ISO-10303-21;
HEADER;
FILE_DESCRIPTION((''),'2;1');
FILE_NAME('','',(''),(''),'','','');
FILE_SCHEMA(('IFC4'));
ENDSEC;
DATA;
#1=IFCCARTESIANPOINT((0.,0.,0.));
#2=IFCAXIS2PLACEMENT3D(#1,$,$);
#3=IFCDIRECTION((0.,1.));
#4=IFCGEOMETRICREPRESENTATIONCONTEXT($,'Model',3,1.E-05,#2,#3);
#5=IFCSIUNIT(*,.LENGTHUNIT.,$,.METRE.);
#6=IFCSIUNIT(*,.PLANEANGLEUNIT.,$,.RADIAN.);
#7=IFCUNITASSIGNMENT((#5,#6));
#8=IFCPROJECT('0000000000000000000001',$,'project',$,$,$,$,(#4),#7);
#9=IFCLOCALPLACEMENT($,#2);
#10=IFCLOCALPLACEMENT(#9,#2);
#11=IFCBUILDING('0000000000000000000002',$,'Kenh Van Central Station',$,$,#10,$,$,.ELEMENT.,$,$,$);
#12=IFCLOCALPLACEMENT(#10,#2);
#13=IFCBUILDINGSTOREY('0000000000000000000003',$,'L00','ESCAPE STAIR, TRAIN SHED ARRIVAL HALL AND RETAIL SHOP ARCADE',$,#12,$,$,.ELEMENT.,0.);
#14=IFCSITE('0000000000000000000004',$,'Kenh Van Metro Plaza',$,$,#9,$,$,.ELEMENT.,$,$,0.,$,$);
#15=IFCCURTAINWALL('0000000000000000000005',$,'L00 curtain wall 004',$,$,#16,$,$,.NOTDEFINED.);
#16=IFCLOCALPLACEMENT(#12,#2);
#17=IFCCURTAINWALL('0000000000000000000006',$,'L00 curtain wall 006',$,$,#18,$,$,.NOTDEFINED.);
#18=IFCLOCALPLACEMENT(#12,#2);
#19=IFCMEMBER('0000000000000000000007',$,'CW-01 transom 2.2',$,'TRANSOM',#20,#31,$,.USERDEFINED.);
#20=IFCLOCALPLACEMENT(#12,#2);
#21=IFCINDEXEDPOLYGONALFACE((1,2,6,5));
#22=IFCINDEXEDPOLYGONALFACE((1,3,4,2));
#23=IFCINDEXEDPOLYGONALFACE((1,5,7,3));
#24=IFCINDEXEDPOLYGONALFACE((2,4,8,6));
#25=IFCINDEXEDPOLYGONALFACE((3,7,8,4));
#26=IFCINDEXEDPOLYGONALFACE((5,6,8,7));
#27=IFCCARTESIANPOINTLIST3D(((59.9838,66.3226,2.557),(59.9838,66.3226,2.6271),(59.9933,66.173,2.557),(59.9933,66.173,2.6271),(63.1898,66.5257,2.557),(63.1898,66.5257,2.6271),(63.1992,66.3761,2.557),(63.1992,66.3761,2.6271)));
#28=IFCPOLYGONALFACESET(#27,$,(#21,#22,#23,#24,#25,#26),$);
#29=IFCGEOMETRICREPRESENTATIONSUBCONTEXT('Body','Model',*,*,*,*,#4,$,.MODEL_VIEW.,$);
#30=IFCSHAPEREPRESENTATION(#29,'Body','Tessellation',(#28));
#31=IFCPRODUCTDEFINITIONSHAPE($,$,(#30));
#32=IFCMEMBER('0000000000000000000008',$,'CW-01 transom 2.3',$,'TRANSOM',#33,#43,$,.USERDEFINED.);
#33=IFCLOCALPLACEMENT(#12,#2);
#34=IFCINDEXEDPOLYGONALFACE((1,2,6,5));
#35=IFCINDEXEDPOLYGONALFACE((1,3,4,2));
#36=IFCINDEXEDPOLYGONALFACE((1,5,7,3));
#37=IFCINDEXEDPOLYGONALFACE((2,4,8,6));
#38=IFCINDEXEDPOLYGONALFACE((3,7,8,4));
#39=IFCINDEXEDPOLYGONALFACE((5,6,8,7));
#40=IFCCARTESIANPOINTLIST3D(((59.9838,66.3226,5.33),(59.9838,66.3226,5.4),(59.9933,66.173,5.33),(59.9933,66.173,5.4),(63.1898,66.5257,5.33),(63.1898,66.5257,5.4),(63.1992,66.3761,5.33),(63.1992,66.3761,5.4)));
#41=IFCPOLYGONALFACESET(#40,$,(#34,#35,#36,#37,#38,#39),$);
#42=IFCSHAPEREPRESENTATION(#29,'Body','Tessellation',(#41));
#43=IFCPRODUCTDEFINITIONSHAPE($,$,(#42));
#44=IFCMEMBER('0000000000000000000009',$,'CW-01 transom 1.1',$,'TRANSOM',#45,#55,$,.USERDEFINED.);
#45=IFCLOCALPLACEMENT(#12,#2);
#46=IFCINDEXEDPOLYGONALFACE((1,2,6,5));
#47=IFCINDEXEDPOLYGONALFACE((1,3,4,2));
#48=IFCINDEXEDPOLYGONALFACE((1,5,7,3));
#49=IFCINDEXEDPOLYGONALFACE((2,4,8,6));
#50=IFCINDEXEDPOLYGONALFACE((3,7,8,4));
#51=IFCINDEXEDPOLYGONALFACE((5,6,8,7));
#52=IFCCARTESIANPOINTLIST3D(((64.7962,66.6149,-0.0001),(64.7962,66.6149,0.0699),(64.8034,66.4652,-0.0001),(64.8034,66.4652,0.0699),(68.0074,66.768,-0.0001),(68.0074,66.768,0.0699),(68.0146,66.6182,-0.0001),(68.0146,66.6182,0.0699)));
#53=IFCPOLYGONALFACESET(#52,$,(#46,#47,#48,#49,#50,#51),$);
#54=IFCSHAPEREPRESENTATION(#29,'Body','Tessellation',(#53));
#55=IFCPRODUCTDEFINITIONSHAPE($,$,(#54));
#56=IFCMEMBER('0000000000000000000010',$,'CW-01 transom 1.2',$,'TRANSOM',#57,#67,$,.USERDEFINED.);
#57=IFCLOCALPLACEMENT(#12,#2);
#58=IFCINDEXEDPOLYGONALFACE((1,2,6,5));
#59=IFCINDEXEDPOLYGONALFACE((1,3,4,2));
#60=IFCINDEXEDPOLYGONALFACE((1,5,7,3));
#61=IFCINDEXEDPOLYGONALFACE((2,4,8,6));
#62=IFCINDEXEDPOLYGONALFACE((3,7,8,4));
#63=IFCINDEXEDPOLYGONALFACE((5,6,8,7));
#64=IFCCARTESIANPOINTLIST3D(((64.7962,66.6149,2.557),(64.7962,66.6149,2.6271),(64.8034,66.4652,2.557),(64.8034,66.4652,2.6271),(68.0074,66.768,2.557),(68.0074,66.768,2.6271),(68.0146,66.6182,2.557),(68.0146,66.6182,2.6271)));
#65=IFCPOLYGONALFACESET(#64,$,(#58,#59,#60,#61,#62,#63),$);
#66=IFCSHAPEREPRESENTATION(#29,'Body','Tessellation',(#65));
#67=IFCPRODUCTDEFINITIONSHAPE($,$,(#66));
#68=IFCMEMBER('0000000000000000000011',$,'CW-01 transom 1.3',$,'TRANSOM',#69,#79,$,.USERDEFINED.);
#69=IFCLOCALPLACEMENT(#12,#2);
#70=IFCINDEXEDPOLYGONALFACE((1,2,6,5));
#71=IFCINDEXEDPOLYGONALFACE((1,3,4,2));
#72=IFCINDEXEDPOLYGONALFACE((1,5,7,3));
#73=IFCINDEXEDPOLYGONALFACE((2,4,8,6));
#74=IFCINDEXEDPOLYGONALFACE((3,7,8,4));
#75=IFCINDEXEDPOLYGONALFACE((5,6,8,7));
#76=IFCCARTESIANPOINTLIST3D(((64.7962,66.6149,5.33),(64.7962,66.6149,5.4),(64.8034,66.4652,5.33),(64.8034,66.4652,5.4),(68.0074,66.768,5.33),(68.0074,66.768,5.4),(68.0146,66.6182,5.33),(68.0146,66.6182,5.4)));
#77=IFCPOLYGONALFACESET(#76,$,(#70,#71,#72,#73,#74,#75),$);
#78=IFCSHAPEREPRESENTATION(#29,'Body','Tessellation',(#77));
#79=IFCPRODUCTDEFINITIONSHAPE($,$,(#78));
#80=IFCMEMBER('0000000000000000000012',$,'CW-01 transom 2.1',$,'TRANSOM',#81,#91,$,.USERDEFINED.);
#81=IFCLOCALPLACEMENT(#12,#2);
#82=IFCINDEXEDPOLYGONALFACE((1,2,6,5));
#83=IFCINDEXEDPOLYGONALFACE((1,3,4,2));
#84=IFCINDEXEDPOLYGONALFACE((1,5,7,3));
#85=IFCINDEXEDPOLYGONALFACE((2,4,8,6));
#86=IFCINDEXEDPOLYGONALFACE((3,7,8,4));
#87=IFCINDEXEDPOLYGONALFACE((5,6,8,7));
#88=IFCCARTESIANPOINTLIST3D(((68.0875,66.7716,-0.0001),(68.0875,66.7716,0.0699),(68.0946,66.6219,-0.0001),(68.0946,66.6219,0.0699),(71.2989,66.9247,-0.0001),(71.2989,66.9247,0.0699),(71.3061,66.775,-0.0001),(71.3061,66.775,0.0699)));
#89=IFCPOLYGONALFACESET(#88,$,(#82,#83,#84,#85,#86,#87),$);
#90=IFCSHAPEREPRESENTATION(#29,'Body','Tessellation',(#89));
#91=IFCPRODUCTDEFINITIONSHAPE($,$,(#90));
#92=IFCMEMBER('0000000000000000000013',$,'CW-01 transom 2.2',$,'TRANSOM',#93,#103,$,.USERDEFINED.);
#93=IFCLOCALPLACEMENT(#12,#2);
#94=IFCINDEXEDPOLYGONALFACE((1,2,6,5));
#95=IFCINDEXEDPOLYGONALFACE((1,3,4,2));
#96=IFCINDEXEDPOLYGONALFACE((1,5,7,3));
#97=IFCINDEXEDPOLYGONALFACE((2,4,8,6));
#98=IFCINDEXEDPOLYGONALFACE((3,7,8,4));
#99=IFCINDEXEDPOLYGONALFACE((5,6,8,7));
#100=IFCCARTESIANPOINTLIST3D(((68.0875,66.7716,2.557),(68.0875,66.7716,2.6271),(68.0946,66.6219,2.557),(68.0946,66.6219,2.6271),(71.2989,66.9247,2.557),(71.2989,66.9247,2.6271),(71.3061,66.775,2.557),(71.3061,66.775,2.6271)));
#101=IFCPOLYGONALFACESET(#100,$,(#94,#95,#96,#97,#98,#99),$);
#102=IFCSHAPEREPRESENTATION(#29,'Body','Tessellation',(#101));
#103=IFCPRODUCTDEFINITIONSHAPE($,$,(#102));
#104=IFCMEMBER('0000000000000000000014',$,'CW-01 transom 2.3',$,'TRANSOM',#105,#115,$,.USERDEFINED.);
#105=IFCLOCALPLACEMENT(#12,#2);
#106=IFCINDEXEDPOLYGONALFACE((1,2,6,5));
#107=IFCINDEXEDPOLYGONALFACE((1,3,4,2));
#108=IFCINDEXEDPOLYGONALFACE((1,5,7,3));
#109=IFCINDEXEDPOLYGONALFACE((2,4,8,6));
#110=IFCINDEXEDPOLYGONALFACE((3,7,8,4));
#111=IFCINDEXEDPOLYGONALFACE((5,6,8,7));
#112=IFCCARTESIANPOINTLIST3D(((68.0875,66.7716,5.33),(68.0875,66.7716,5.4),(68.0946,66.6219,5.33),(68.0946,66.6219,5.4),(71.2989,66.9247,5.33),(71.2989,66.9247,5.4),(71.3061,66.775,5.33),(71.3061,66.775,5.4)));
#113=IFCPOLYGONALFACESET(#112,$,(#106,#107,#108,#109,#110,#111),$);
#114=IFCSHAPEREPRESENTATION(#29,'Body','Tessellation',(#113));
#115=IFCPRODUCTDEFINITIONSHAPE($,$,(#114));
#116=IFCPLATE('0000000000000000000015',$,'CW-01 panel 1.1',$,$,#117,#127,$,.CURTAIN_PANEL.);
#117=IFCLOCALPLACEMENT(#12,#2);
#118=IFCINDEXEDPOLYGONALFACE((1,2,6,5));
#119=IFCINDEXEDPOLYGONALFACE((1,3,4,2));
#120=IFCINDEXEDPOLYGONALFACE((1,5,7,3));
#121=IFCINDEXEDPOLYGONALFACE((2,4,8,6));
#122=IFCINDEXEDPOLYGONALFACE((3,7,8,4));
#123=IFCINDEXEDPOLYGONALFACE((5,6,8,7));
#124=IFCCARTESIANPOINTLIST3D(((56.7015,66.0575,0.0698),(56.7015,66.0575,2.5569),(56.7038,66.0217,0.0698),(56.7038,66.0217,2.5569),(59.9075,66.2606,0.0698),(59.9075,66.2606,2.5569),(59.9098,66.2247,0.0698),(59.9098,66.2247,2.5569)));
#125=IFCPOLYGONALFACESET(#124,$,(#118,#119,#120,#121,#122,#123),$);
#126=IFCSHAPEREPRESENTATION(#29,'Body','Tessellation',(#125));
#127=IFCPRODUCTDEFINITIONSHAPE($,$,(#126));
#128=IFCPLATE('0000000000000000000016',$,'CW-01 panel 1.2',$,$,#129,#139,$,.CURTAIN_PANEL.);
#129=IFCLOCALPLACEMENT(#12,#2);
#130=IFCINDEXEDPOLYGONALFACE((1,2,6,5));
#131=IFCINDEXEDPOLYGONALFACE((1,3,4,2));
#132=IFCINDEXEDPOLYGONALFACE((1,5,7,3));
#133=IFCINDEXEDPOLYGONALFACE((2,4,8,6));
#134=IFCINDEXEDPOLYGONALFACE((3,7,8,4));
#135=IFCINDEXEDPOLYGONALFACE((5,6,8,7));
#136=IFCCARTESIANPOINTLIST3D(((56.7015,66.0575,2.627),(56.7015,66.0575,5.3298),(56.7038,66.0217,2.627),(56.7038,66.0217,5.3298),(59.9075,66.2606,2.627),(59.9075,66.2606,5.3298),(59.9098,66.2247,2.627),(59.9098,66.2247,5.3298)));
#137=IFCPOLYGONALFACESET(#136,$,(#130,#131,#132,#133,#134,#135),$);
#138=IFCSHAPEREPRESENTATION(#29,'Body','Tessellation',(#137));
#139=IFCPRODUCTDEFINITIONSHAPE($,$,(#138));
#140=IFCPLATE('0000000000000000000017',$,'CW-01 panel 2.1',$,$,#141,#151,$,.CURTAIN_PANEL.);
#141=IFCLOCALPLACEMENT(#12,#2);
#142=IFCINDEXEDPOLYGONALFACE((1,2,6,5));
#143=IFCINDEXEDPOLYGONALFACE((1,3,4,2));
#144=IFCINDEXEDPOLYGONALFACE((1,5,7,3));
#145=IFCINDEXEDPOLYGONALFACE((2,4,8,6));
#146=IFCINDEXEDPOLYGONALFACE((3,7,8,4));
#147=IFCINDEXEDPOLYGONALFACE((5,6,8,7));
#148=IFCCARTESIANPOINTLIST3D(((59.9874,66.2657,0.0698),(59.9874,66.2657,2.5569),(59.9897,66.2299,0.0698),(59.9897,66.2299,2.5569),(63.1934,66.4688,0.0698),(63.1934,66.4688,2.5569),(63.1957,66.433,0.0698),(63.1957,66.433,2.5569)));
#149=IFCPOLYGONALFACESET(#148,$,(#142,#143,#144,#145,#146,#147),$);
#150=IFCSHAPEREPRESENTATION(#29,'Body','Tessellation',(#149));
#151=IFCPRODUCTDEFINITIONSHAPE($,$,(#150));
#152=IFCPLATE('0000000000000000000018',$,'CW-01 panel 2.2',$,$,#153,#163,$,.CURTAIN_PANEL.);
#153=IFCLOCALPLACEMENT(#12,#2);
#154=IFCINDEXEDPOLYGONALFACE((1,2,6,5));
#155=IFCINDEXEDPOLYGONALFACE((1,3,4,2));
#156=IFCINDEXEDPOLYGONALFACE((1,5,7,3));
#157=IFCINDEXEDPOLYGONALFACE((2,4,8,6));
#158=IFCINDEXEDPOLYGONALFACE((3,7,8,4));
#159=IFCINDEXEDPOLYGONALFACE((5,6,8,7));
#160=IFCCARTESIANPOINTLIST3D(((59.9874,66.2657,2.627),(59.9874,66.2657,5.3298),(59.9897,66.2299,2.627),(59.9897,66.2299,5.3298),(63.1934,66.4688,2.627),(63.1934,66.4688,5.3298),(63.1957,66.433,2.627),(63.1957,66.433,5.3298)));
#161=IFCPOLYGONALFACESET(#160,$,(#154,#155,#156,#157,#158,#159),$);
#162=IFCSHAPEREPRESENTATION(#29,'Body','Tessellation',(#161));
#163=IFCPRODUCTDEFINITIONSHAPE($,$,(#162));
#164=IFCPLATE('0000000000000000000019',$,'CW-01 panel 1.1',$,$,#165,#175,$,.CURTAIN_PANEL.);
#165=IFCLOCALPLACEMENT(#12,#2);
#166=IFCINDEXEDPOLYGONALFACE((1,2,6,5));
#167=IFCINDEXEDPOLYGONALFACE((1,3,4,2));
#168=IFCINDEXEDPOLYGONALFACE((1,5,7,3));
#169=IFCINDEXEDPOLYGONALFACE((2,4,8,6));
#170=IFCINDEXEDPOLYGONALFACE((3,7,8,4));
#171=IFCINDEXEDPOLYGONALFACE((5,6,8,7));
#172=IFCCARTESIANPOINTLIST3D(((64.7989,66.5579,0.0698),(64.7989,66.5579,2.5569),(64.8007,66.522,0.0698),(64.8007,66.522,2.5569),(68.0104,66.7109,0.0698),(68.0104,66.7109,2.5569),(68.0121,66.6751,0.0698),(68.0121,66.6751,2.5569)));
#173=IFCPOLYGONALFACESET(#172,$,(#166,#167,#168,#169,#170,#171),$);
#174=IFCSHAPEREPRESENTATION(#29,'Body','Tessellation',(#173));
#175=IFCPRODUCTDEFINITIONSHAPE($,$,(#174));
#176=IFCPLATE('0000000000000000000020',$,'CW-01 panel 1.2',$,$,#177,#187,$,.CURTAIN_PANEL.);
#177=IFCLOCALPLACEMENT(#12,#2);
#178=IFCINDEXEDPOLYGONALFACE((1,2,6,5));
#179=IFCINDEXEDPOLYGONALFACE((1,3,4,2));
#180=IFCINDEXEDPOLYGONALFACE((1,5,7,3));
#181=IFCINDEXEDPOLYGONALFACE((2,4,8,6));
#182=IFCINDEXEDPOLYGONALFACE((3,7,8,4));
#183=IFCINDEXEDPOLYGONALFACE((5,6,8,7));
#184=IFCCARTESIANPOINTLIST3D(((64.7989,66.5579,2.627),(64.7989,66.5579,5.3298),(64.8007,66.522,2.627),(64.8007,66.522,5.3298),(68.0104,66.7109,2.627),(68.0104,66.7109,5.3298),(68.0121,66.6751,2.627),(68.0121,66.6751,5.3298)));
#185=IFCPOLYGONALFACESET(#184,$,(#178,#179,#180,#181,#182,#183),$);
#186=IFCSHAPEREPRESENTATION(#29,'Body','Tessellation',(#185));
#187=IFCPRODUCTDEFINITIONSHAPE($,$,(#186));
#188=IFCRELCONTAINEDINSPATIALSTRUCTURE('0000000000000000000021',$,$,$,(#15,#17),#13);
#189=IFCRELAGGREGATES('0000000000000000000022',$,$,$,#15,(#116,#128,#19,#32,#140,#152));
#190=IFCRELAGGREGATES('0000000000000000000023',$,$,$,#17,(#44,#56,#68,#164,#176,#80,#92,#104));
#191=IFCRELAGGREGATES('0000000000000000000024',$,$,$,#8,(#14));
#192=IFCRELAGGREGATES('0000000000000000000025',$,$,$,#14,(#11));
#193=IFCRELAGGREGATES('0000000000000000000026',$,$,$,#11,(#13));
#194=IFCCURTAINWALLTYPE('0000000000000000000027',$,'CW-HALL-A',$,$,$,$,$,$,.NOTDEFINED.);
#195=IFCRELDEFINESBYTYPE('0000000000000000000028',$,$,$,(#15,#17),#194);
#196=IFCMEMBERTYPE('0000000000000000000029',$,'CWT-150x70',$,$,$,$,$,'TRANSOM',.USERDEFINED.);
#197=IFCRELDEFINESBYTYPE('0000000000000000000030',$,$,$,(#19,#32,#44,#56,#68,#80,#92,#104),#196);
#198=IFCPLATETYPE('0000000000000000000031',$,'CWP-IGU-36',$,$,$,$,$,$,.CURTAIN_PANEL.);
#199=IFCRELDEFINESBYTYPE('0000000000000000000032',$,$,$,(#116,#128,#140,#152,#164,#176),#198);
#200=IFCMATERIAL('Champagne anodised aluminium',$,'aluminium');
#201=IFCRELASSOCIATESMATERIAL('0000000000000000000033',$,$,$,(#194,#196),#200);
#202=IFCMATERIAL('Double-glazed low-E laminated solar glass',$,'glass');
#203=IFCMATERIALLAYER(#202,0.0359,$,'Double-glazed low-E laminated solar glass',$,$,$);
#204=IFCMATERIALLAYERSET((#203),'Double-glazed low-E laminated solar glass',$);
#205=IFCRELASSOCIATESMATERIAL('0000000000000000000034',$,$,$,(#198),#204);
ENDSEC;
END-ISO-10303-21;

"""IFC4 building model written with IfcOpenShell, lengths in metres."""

from ifc_helpers import new_model, si_unit, direction, frame, origin, origin_2d, place, context, subcontext, project, spatial, rectangle, extrude, material, layer, layer_set, material_profile, profile_set, type_object, element, aggregate, save


model = new_model("IFC4")

# Units and contexts
model_context = context("Model", 3, precision=1e-05, world=origin(), true_north=direction((0.0, 1.0)))
body_context = subcontext(model_context, "Body", "Model", "MODEL_VIEW")
ifc_project = project(units=[si_unit("LENGTHUNIT", "METRE"), si_unit("PLANEANGLEUNIT", "RADIAN")], contexts=[model_context])

# Site, building, storey
site_placement = place(None, origin())
site = spatial("IfcSite", under=ifc_project, at=site_placement, Name="Kenh Van Metro Plaza", CompositionType="ELEMENT", RefElevation=0.0)
building_placement = place(site_placement, origin())
building = spatial("IfcBuilding", under=site, at=building_placement, Name="Kenh Van Central Station", CompositionType="ELEMENT")
storey_placement = place(building_placement, origin())
storey = spatial("IfcBuildingStorey", under=building, at=storey_placement, Name="L00", Description="ESCAPE STAIR, TRAIN SHED ARRIVAL HALL AND RETAIL SHOP ARCADE", CompositionType="ELEMENT", Elevation=0.0)

# Curtain walls
ifc_material_1 = material(Name="Champagne anodised aluminium", Category="aluminium")
curtain_wall_type = type_object("IfcCurtainWallType", Name="CW-HALL-A", PredefinedType="NOTDEFINED", material=ifc_material_1)
curtain_wall_1_placement = place(storey_placement, origin())
curtain_wall_1 = element("IfcCurtainWall", 1, at=curtain_wall_1_placement, inside=storey, type_object=curtain_wall_type, Name="L00 curtain wall 004", PredefinedType="NOTDEFINED")
curtain_wall_2_placement = place(storey_placement, origin())
curtain_wall_2 = element("IfcCurtainWall", 2, at=curtain_wall_2_placement, inside=storey, type_object=curtain_wall_type, Name="L00 curtain wall 006", PredefinedType="NOTDEFINED")

# Members
ifc_material_profile_1 = material_profile(ifc_material_1, rectangle(XDim=0.1499, YDim=0.0701, at=origin_2d()), Name="AL 150x70")
ifc_profile_set_1 = profile_set([ifc_material_profile_1], Name="Champagne anodised aluminium")
member_type_1 = type_object("IfcMemberType", Name="CWT-150x70", ElementType="TRANSOM", PredefinedType="USERDEFINED", material=ifc_profile_set_1)
member_1_placement = place(storey_placement, frame((59.9885, 66.2478, 2.592), z_axis=(0.997999, 0.06323, 0.0), x_axis=(-0.06323, 0.997999, 0.0)))
member_1 = element("IfcMember", 3, at=member_1_placement, type_object=member_type_1, Name="CW-01 transom 2.2", ObjectType="TRANSOM", PredefinedType="USERDEFINED", context=body_context, shape_type="SweptSolid", body=[
    extrude(rectangle(XDim=0.1499, YDim=0.0701, at=origin_2d()), origin(), (0.0, 0.0, 1.0), 3.2124),
])
member_2_placement = place(storey_placement, frame((59.9885, 66.2478, 5.365), z_axis=(0.997999, 0.06323, 0.0), x_axis=(-0.06323, 0.997999, 0.0)))
member_2 = element("IfcMember", 4, at=member_2_placement, type_object=member_type_1, Name="CW-01 transom 2.3", ObjectType="TRANSOM", PredefinedType="USERDEFINED", context=body_context, shape_type="SweptSolid", body=[
    extrude(rectangle(XDim=0.1499, YDim=0.0701, at=origin_2d()), origin(), (0.0, 0.0, 1.0), 3.2124),
])
member_3_placement = place(storey_placement, frame((64.7998, 66.54, 0.0349), z_axis=(0.998866, 0.047616, 0.0), x_axis=(-0.047616, 0.998866, 0.0)))
member_3 = element("IfcMember", 5, at=member_3_placement, type_object=member_type_1, Name="CW-01 transom 1.1", ObjectType="TRANSOM", PredefinedType="USERDEFINED", context=body_context, shape_type="SweptSolid", body=[
    extrude(rectangle(XDim=0.1499, YDim=0.0701, at=origin_2d()), origin(), (0.0, 0.0, 1.0), 3.2148),
])
member_4_placement = place(storey_placement, frame((64.7998, 66.54, 2.592), z_axis=(0.998866, 0.047616, 0.0), x_axis=(-0.047616, 0.998866, 0.0)))
member_4 = element("IfcMember", 6, at=member_4_placement, type_object=member_type_1, Name="CW-01 transom 1.2", ObjectType="TRANSOM", PredefinedType="USERDEFINED", context=body_context, shape_type="SweptSolid", body=[
    extrude(rectangle(XDim=0.1499, YDim=0.0701, at=origin_2d()), origin(), (0.0, 0.0, 1.0), 3.2148),
])
member_5_placement = place(storey_placement, frame((64.7998, 66.54, 5.365), z_axis=(0.998866, 0.047616, 0.0), x_axis=(-0.047616, 0.998866, 0.0)))
member_5 = element("IfcMember", 7, at=member_5_placement, type_object=member_type_1, Name="CW-01 transom 1.3", ObjectType="TRANSOM", PredefinedType="USERDEFINED", context=body_context, shape_type="SweptSolid", body=[
    extrude(rectangle(XDim=0.1499, YDim=0.0701, at=origin_2d()), origin(), (0.0, 0.0, 1.0), 3.2148),
])
member_6_placement = place(storey_placement, frame((68.0911, 66.6968, 0.0349), z_axis=(0.998866, 0.047612, 0.0), x_axis=(-0.047612, 0.998866, 0.0)))
member_6 = element("IfcMember", 8, at=member_6_placement, type_object=member_type_1, Name="CW-01 transom 2.1", ObjectType="TRANSOM", PredefinedType="USERDEFINED", context=body_context, shape_type="SweptSolid", body=[
    extrude(rectangle(XDim=0.1499, YDim=0.0701, at=origin_2d()), origin(), (0.0, 0.0, 1.0), 3.2151),
])
member_7_placement = place(storey_placement, frame((68.0911, 66.6968, 2.592), z_axis=(0.998866, 0.047612, 0.0), x_axis=(-0.047612, 0.998866, 0.0)))
member_7 = element("IfcMember", 9, at=member_7_placement, type_object=member_type_1, Name="CW-01 transom 2.2", ObjectType="TRANSOM", PredefinedType="USERDEFINED", context=body_context, shape_type="SweptSolid", body=[
    extrude(rectangle(XDim=0.1499, YDim=0.0701, at=origin_2d()), origin(), (0.0, 0.0, 1.0), 3.2151),
])
member_8_placement = place(storey_placement, frame((68.0911, 66.6968, 5.365), z_axis=(0.998866, 0.047612, 0.0), x_axis=(-0.047612, 0.998866, 0.0)))
member_8 = element("IfcMember", 10, at=member_8_placement, type_object=member_type_1, Name="CW-01 transom 2.3", ObjectType="TRANSOM", PredefinedType="USERDEFINED", context=body_context, shape_type="SweptSolid", body=[
    extrude(rectangle(XDim=0.1499, YDim=0.0701, at=origin_2d()), origin(), (0.0, 0.0, 1.0), 3.2151),
])

# Plates
ifc_material_2 = material(Name="Double-glazed low-E laminated solar glass", Category="glass")
ifc_layer_1 = layer(ifc_material_2, 0.0359, Name="Double-glazed low-E laminated solar glass")
ifc_layer_set_1 = layer_set([ifc_layer_1], Name="Double-glazed low-E laminated solar glass")
plate_type = type_object("IfcPlateType", Name="CWP-IGU-36", PredefinedType="CURTAIN_PANEL", material=ifc_layer_set_1)
plate_1_placement = place(storey_placement, frame((58.3057, 66.1411, 0.0698), z_axis=(0.0, 0.0, 1.0), x_axis=(0.998, 0.063211, 0.0)))
plate_1 = element("IfcPlate", 11, at=plate_1_placement, type_object=plate_type, Name="CW-01 panel 1.1", PredefinedType="CURTAIN_PANEL", context=body_context, shape_type="SweptSolid", body=[
    extrude(rectangle(XDim=3.2124, YDim=0.0359, at=origin_2d()), origin(), (0.0, 0.0, 1.0), 2.4871),
])
plate_2_placement = place(storey_placement, frame((58.3057, 66.1411, 2.627), z_axis=(0.0, 0.0, 1.0), x_axis=(0.998, 0.063211, 0.0)))
plate_2 = element("IfcPlate", 12, at=plate_2_placement, type_object=plate_type, Name="CW-01 panel 1.2", PredefinedType="CURTAIN_PANEL", context=body_context, shape_type="SweptSolid", body=[
    extrude(rectangle(XDim=3.2124, YDim=0.0359, at=origin_2d()), origin(), (0.0, 0.0, 1.0), 2.7029),
])
plate_3_placement = place(storey_placement, frame((61.5916, 66.3494, 0.0698), z_axis=(0.0, 0.0, 1.0), x_axis=(0.998, 0.063211, 0.0)))
plate_3 = element("IfcPlate", 13, at=plate_3_placement, type_object=plate_type, Name="CW-01 panel 2.1", PredefinedType="CURTAIN_PANEL", context=body_context, shape_type="SweptSolid", body=[
    extrude(rectangle(XDim=3.2124, YDim=0.0359, at=origin_2d()), origin(), (0.0, 0.0, 1.0), 2.4871),
])
plate_4_placement = place(storey_placement, frame((61.5916, 66.3494, 2.627), z_axis=(0.0, 0.0, 1.0), x_axis=(0.998, 0.063211, 0.0)))
plate_4 = element("IfcPlate", 14, at=plate_4_placement, type_object=plate_type, Name="CW-01 panel 2.2", PredefinedType="CURTAIN_PANEL", context=body_context, shape_type="SweptSolid", body=[
    extrude(rectangle(XDim=3.2124, YDim=0.0359, at=origin_2d()), origin(), (0.0, 0.0, 1.0), 2.7029),
])
aggregate(curtain_wall_1, [plate_1, plate_2, member_1, member_2, plate_3, plate_4])
plate_5_placement = place(storey_placement, frame((66.4055, 66.6165, 0.0698), z_axis=(0.0, 0.0, 1.0), x_axis=(0.998866, 0.047601, 0.0)))
plate_5 = element("IfcPlate", 15, at=plate_5_placement, type_object=plate_type, Name="CW-01 panel 1.1", PredefinedType="CURTAIN_PANEL", context=body_context, shape_type="SweptSolid", body=[
    extrude(rectangle(XDim=3.2151, YDim=0.0359, at=origin_2d()), origin(), (0.0, 0.0, 1.0), 2.4871),
])
plate_6_placement = place(storey_placement, frame((66.4055, 66.6165, 2.627), z_axis=(0.0, 0.0, 1.0), x_axis=(0.998866, 0.047601, 0.0)))
plate_6 = element("IfcPlate", 16, at=plate_6_placement, type_object=plate_type, Name="CW-01 panel 1.2", PredefinedType="CURTAIN_PANEL", context=body_context, shape_type="SweptSolid", body=[
    extrude(rectangle(XDim=3.2151, YDim=0.0359, at=origin_2d()), origin(), (0.0, 0.0, 1.0), 2.7029),
])
aggregate(curtain_wall_2, [member_3, member_4, member_5, plate_5, plate_6, member_6, member_7, member_8])

save(model, "model.ifc")
